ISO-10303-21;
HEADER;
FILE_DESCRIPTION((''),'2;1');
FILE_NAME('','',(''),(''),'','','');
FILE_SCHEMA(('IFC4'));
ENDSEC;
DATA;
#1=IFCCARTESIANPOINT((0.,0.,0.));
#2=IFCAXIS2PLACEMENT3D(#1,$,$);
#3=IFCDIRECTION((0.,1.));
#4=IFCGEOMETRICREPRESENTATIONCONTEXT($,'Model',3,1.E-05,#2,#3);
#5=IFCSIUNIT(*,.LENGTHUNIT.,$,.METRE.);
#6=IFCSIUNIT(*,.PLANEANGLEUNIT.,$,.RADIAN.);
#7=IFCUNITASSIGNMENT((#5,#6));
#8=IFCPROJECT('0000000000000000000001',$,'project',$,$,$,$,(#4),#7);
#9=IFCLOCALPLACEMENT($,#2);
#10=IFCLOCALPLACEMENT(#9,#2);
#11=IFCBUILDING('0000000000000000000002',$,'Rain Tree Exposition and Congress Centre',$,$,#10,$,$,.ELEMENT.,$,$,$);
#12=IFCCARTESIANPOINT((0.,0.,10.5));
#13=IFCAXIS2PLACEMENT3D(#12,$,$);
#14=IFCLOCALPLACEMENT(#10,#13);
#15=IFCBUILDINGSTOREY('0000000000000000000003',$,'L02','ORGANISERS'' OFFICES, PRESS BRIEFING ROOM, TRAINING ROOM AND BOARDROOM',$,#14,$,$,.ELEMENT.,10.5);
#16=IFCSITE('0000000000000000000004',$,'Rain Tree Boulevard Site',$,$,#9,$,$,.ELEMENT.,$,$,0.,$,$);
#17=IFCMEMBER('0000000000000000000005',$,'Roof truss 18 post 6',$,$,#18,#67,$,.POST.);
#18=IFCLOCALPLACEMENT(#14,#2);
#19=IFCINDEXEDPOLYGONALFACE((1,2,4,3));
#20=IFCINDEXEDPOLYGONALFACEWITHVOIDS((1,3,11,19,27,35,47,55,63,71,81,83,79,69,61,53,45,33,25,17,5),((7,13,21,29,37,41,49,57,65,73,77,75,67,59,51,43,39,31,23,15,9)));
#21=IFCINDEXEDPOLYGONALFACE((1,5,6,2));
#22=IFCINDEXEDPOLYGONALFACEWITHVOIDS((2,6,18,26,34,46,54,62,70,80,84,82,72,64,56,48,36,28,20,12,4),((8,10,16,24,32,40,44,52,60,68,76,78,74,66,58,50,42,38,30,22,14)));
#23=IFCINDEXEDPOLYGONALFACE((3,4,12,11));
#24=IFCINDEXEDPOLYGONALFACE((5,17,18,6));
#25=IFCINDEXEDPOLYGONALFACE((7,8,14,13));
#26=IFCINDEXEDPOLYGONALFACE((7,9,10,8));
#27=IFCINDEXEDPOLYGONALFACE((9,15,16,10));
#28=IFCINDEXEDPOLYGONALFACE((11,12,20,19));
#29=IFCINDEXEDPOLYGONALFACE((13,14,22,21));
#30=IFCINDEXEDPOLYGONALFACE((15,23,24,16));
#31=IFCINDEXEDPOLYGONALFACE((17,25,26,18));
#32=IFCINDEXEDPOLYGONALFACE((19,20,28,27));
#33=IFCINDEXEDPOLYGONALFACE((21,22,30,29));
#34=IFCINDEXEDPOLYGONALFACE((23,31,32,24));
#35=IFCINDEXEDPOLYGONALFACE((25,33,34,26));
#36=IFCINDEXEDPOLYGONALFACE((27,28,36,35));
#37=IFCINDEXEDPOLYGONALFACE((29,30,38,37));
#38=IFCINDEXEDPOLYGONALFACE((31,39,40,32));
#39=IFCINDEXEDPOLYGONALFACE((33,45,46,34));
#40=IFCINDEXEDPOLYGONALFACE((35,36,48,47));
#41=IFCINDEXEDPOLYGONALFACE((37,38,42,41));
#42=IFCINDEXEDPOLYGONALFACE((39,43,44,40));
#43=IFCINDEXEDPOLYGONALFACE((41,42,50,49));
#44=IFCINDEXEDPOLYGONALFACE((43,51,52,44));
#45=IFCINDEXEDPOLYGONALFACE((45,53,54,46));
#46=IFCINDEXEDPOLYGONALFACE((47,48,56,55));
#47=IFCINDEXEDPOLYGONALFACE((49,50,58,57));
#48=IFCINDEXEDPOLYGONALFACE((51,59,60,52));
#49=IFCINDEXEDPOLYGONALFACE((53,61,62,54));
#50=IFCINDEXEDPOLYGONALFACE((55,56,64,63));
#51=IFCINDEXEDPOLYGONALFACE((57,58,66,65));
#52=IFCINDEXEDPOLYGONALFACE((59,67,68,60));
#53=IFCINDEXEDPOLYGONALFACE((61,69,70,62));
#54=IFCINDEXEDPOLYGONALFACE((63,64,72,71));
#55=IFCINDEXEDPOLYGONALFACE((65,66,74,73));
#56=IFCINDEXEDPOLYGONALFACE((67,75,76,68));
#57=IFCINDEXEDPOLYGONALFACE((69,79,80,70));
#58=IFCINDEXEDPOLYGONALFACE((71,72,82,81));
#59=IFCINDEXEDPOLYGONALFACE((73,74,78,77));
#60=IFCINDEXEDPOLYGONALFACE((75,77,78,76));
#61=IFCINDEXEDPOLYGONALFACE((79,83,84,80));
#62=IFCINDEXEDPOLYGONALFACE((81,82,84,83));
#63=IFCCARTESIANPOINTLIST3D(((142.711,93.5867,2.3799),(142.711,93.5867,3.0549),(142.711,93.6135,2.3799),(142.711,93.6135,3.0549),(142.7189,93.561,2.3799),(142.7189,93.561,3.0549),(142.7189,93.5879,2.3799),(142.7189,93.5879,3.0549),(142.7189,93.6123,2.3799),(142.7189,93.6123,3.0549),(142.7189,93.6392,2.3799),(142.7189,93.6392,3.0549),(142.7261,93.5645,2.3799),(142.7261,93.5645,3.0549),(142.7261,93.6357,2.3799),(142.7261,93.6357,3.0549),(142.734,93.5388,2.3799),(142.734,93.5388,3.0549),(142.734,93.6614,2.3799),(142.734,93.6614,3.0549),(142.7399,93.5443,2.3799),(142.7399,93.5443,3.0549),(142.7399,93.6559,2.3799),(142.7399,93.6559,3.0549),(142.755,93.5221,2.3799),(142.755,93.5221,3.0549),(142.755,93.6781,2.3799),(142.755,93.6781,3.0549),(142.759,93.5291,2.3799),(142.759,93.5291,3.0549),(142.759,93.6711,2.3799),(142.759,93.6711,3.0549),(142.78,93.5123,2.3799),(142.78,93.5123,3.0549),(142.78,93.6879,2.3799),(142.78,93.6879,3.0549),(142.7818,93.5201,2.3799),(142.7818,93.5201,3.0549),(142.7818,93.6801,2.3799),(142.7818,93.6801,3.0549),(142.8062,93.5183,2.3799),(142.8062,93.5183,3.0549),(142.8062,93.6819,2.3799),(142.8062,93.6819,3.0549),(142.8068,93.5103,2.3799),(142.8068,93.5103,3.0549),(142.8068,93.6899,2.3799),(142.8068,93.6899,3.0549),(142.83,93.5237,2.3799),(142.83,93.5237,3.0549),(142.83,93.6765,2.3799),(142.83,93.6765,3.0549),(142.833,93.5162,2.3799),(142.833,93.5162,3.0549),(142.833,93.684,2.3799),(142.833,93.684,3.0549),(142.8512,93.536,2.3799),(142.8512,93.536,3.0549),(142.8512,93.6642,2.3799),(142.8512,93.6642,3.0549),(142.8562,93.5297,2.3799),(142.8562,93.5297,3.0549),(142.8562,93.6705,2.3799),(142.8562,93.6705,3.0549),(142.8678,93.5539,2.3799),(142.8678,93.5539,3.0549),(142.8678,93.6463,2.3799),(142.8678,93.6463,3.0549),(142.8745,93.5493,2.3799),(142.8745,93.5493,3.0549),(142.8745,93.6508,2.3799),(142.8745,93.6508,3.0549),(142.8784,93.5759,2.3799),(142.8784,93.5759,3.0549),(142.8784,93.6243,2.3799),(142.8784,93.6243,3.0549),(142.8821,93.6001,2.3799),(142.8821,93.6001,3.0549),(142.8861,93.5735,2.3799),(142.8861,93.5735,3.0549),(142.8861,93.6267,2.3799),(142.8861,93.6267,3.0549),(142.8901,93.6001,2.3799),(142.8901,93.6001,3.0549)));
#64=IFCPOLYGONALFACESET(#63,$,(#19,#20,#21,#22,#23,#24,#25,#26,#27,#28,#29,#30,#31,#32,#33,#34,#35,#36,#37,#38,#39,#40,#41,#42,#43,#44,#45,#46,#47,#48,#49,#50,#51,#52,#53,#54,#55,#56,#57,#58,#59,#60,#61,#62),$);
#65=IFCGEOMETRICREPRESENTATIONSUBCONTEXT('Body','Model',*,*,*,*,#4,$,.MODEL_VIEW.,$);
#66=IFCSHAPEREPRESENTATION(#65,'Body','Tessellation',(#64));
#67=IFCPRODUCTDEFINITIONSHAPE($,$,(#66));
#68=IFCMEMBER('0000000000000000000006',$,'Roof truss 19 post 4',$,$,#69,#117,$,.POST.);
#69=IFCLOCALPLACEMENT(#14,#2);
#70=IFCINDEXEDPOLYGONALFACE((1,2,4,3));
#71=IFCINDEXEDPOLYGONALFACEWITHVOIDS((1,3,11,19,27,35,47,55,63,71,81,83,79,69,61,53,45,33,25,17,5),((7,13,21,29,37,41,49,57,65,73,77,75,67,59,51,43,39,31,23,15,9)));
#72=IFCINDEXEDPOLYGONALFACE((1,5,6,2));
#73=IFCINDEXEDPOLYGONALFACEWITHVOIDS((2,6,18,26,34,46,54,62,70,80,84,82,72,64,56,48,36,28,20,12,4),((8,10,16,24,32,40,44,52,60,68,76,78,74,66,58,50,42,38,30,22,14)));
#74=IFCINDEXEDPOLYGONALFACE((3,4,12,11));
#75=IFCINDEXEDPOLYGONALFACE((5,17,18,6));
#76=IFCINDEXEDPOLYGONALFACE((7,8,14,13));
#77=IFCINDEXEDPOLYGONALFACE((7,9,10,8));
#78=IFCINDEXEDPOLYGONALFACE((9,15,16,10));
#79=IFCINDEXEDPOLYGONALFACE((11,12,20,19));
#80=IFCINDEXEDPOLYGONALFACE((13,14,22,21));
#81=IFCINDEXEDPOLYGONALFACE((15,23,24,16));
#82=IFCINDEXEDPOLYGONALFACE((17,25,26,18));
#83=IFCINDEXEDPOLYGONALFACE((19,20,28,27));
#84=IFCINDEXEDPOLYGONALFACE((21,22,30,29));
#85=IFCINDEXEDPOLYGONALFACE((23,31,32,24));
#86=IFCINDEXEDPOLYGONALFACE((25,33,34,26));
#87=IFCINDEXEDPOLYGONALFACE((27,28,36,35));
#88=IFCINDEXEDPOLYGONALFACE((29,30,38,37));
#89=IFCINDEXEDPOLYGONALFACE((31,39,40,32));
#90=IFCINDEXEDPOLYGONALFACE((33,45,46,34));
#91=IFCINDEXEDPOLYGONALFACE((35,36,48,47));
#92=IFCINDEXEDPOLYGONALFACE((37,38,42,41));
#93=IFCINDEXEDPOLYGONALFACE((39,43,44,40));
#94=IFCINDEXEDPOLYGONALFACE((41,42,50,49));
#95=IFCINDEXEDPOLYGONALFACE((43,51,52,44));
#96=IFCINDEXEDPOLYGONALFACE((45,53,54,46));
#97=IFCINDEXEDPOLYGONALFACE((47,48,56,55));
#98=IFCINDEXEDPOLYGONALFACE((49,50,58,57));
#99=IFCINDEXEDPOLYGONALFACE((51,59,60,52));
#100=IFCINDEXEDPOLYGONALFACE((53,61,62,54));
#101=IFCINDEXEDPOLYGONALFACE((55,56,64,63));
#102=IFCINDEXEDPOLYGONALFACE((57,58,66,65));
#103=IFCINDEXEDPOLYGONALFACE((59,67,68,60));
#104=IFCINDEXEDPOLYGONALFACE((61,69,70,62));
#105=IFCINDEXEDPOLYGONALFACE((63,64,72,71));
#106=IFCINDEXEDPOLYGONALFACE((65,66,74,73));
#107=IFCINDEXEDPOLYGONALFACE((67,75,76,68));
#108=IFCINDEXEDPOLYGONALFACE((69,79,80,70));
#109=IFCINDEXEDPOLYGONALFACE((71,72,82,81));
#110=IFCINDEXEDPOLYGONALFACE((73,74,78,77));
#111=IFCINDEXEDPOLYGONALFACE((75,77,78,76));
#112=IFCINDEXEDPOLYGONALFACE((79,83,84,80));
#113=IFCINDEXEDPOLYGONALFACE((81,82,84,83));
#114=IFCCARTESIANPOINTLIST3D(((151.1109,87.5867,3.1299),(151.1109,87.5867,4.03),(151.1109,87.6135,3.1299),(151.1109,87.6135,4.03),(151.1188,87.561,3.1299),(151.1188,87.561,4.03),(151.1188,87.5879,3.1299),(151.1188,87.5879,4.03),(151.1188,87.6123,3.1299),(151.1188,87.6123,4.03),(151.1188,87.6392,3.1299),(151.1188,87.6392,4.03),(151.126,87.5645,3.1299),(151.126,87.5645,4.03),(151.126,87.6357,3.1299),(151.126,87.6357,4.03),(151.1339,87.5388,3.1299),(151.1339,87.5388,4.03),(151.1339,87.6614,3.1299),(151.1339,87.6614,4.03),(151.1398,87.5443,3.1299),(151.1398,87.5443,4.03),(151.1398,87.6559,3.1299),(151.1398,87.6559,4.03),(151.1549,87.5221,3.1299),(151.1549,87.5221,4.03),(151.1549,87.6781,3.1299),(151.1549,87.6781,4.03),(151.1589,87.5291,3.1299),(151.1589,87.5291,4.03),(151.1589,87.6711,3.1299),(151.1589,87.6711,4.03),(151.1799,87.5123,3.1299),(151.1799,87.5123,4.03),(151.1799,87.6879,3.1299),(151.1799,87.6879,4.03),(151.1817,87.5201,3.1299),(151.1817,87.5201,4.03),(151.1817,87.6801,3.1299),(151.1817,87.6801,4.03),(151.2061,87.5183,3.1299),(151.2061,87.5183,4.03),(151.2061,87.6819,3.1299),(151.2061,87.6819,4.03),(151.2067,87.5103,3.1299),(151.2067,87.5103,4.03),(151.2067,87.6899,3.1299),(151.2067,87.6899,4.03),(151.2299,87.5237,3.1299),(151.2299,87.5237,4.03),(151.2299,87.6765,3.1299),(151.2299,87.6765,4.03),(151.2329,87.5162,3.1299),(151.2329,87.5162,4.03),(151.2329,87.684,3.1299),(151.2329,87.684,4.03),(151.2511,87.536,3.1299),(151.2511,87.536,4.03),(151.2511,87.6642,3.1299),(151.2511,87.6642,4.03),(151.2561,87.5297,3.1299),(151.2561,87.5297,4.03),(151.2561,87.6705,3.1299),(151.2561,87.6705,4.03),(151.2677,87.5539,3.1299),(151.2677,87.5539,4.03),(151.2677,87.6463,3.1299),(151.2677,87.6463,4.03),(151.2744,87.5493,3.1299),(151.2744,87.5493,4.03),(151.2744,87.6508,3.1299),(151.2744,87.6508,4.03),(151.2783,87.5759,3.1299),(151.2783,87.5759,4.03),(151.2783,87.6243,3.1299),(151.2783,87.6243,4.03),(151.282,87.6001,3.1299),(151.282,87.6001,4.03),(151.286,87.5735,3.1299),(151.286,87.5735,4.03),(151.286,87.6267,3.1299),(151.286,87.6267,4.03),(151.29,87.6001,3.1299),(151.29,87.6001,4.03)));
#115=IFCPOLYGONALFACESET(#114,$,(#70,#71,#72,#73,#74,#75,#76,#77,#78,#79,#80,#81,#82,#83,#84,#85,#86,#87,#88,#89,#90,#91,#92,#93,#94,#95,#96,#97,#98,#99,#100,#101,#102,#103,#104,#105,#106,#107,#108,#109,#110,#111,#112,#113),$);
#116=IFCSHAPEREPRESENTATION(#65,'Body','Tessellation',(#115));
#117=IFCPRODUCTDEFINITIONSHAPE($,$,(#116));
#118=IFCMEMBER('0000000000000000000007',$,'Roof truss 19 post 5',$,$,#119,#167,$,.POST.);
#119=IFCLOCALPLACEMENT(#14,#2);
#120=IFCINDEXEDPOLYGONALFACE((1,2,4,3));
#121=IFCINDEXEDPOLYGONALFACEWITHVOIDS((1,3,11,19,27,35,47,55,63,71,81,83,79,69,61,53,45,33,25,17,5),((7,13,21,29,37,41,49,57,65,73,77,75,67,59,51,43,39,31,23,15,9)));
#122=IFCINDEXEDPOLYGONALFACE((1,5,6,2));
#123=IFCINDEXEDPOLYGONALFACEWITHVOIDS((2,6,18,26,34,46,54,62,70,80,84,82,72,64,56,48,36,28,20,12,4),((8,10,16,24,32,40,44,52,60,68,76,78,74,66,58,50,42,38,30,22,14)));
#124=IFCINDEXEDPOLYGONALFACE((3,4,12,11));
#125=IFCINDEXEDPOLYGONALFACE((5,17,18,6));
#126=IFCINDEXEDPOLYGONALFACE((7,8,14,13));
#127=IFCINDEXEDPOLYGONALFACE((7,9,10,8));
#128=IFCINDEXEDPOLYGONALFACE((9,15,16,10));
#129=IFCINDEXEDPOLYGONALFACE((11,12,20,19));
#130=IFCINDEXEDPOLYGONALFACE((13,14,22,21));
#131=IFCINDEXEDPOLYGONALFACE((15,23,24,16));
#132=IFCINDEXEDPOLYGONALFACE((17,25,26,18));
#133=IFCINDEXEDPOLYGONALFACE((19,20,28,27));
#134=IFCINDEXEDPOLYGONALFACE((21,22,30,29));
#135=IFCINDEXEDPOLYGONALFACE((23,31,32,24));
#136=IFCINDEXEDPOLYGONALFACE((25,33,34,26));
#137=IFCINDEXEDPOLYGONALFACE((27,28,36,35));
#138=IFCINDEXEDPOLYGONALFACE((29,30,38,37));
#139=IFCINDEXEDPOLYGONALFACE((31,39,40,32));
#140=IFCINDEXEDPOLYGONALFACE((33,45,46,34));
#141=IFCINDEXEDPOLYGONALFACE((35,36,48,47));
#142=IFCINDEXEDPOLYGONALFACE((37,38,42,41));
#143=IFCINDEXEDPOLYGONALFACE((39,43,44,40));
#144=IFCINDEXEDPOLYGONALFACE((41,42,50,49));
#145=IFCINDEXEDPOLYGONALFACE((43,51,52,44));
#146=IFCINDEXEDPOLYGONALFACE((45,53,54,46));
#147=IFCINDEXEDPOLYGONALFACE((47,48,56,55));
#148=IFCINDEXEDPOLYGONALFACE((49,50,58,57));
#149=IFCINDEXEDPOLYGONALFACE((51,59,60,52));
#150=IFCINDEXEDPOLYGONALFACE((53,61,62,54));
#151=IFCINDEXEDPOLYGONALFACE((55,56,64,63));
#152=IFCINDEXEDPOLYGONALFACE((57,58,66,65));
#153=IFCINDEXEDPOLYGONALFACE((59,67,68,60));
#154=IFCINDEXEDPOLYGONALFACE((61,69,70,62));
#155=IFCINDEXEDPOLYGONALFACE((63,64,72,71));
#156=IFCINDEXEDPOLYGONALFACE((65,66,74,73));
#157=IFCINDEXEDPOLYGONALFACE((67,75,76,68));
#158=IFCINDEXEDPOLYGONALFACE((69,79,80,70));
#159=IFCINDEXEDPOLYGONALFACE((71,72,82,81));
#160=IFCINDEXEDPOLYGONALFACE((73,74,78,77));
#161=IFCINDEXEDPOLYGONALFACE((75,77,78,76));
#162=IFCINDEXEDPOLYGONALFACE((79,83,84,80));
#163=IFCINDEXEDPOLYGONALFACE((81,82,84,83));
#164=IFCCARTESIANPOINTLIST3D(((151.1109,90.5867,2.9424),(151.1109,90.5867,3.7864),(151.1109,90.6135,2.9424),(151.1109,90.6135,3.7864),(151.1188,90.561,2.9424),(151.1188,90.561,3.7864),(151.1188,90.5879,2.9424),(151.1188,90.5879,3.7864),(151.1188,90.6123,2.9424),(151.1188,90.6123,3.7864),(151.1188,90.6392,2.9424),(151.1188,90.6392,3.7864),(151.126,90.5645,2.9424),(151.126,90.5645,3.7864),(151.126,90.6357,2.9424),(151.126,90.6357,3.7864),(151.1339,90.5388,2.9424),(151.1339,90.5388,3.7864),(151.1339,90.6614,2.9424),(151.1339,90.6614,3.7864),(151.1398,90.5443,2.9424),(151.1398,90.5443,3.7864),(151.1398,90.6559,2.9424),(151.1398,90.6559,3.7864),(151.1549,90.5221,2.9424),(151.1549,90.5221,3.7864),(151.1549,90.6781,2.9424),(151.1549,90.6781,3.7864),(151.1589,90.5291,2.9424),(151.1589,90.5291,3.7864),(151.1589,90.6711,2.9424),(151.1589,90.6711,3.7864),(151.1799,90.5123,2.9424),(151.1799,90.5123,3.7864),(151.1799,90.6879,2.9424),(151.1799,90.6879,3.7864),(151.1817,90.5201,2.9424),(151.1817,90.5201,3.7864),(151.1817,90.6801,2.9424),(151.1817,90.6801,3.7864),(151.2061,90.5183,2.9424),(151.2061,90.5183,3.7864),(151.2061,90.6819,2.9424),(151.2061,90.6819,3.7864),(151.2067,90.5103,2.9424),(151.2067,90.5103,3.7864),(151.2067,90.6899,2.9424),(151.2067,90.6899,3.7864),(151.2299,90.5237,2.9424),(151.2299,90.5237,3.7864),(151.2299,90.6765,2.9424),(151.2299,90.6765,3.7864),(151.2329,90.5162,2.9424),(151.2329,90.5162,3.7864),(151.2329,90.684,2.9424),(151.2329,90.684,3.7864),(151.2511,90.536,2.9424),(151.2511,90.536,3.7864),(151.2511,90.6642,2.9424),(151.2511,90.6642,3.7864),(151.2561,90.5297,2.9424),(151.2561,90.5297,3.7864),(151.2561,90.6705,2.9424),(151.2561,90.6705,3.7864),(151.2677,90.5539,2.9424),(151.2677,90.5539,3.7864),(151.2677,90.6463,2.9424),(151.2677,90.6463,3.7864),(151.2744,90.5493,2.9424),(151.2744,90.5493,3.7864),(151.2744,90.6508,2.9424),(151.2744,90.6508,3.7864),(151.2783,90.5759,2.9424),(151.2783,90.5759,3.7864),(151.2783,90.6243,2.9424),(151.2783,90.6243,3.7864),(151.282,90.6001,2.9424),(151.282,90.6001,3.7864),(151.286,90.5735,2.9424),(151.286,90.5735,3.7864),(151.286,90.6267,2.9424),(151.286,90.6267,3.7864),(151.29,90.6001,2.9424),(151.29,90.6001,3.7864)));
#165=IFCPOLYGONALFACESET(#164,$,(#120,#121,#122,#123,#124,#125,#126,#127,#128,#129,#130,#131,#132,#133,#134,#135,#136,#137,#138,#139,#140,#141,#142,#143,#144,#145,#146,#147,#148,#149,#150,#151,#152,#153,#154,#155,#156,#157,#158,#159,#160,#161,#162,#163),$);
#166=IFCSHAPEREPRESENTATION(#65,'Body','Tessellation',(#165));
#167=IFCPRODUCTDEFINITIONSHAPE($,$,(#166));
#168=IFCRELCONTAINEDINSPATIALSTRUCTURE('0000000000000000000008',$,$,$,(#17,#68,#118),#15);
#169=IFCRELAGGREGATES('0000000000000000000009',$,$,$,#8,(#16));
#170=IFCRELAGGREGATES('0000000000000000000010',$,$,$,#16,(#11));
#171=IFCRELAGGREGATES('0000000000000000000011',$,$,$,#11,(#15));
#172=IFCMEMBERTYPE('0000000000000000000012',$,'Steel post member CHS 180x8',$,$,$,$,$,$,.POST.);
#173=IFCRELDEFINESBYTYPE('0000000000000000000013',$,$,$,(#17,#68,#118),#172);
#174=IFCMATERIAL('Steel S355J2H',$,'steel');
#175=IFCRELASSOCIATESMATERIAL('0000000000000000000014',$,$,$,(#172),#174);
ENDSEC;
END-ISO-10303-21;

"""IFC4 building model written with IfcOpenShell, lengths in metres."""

from ifc_helpers import new_model, si_unit, direction, frame, origin, origin_2d, place, context, subcontext, project, spatial, hollow_circle, extrude, material, material_profile, profile_set, type_object, element, save


model = new_model("IFC4")

# Units and contexts
model_context = context("Model", 3, precision=1e-05, world=origin(), true_north=direction((0.0, 1.0)))
body_context = subcontext(model_context, "Body", "Model", "MODEL_VIEW")
ifc_project = project(units=[si_unit("LENGTHUNIT", "METRE"), si_unit("PLANEANGLEUNIT", "RADIAN")], contexts=[model_context])

# Site, building, storey
site_placement = place(None, origin())
site = spatial("IfcSite", under=ifc_project, at=site_placement, Name="Rain Tree Boulevard Site", CompositionType="ELEMENT", RefElevation=0.0)
building_placement = place(site_placement, origin())
building = spatial("IfcBuilding", under=site, at=building_placement, Name="Rain Tree Exposition and Congress Centre", CompositionType="ELEMENT")
storey_placement = place(building_placement, frame((0.0, 0.0, 10.5)))
storey = spatial("IfcBuildingStorey", under=building, at=storey_placement, Name="L02", Description="ORGANISERS' OFFICES, PRESS BRIEFING ROOM, TRAINING ROOM AND BOARDROOM", CompositionType="ELEMENT", Elevation=10.5)

# Members
ifc_material_1 = material(Name="Steel S355J2H", Category="steel")
ifc_material_profile_1 = material_profile(ifc_material_1, hollow_circle(Radius=0.0901, WallThickness=0.0081, at=origin_2d()), Name="CHS 180x8")
ifc_profile_set_1 = profile_set([ifc_material_profile_1], Name="Steel S355J2H")
member_type_1 = type_object("IfcMemberType", Name="Steel post member CHS 180x8", PredefinedType="POST", material=ifc_profile_set_1)
member_1_placement = place(storey_placement, frame((142.8, 93.6001, 2.3799), z_axis=(0.0, 0.0, 1.0), x_axis=(1.0, 0.0, 0.0)))
element("IfcMember", 1, at=member_1_placement, inside=storey, type_object=member_type_1, Name="Roof truss 18 post 6", PredefinedType="POST", context=body_context, shape_type="SweptSolid", body=[
    extrude(hollow_circle(Radius=0.0901, WallThickness=0.0081, at=origin_2d()), origin(), (0.0, 0.0, 1.0), 0.675),
])
member_2_placement = place(storey_placement, frame((151.2, 87.6001, 3.1299), z_axis=(0.0, 0.0, 1.0), x_axis=(1.0, 0.0, 0.0)))
element("IfcMember", 2, at=member_2_placement, inside=storey, type_object=member_type_1, Name="Roof truss 19 post 4", PredefinedType="POST", context=body_context, shape_type="SweptSolid", body=[
    extrude(hollow_circle(Radius=0.0901, WallThickness=0.0081, at=origin_2d()), origin(), (0.0, 0.0, 1.0), 0.9001),
])
member_3_placement = place(storey_placement, frame((151.2, 90.6001, 2.9424), z_axis=(0.0, 0.0, 1.0), x_axis=(1.0, 0.0, 0.0)))
element("IfcMember", 3, at=member_3_placement, inside=storey, type_object=member_type_1, Name="Roof truss 19 post 5", PredefinedType="POST", context=body_context, shape_type="SweptSolid", body=[
    extrude(hollow_circle(Radius=0.0901, WallThickness=0.0081, at=origin_2d()), origin(), (0.0, 0.0, 1.0), 0.844),
])

save(model, "model.ifc")
